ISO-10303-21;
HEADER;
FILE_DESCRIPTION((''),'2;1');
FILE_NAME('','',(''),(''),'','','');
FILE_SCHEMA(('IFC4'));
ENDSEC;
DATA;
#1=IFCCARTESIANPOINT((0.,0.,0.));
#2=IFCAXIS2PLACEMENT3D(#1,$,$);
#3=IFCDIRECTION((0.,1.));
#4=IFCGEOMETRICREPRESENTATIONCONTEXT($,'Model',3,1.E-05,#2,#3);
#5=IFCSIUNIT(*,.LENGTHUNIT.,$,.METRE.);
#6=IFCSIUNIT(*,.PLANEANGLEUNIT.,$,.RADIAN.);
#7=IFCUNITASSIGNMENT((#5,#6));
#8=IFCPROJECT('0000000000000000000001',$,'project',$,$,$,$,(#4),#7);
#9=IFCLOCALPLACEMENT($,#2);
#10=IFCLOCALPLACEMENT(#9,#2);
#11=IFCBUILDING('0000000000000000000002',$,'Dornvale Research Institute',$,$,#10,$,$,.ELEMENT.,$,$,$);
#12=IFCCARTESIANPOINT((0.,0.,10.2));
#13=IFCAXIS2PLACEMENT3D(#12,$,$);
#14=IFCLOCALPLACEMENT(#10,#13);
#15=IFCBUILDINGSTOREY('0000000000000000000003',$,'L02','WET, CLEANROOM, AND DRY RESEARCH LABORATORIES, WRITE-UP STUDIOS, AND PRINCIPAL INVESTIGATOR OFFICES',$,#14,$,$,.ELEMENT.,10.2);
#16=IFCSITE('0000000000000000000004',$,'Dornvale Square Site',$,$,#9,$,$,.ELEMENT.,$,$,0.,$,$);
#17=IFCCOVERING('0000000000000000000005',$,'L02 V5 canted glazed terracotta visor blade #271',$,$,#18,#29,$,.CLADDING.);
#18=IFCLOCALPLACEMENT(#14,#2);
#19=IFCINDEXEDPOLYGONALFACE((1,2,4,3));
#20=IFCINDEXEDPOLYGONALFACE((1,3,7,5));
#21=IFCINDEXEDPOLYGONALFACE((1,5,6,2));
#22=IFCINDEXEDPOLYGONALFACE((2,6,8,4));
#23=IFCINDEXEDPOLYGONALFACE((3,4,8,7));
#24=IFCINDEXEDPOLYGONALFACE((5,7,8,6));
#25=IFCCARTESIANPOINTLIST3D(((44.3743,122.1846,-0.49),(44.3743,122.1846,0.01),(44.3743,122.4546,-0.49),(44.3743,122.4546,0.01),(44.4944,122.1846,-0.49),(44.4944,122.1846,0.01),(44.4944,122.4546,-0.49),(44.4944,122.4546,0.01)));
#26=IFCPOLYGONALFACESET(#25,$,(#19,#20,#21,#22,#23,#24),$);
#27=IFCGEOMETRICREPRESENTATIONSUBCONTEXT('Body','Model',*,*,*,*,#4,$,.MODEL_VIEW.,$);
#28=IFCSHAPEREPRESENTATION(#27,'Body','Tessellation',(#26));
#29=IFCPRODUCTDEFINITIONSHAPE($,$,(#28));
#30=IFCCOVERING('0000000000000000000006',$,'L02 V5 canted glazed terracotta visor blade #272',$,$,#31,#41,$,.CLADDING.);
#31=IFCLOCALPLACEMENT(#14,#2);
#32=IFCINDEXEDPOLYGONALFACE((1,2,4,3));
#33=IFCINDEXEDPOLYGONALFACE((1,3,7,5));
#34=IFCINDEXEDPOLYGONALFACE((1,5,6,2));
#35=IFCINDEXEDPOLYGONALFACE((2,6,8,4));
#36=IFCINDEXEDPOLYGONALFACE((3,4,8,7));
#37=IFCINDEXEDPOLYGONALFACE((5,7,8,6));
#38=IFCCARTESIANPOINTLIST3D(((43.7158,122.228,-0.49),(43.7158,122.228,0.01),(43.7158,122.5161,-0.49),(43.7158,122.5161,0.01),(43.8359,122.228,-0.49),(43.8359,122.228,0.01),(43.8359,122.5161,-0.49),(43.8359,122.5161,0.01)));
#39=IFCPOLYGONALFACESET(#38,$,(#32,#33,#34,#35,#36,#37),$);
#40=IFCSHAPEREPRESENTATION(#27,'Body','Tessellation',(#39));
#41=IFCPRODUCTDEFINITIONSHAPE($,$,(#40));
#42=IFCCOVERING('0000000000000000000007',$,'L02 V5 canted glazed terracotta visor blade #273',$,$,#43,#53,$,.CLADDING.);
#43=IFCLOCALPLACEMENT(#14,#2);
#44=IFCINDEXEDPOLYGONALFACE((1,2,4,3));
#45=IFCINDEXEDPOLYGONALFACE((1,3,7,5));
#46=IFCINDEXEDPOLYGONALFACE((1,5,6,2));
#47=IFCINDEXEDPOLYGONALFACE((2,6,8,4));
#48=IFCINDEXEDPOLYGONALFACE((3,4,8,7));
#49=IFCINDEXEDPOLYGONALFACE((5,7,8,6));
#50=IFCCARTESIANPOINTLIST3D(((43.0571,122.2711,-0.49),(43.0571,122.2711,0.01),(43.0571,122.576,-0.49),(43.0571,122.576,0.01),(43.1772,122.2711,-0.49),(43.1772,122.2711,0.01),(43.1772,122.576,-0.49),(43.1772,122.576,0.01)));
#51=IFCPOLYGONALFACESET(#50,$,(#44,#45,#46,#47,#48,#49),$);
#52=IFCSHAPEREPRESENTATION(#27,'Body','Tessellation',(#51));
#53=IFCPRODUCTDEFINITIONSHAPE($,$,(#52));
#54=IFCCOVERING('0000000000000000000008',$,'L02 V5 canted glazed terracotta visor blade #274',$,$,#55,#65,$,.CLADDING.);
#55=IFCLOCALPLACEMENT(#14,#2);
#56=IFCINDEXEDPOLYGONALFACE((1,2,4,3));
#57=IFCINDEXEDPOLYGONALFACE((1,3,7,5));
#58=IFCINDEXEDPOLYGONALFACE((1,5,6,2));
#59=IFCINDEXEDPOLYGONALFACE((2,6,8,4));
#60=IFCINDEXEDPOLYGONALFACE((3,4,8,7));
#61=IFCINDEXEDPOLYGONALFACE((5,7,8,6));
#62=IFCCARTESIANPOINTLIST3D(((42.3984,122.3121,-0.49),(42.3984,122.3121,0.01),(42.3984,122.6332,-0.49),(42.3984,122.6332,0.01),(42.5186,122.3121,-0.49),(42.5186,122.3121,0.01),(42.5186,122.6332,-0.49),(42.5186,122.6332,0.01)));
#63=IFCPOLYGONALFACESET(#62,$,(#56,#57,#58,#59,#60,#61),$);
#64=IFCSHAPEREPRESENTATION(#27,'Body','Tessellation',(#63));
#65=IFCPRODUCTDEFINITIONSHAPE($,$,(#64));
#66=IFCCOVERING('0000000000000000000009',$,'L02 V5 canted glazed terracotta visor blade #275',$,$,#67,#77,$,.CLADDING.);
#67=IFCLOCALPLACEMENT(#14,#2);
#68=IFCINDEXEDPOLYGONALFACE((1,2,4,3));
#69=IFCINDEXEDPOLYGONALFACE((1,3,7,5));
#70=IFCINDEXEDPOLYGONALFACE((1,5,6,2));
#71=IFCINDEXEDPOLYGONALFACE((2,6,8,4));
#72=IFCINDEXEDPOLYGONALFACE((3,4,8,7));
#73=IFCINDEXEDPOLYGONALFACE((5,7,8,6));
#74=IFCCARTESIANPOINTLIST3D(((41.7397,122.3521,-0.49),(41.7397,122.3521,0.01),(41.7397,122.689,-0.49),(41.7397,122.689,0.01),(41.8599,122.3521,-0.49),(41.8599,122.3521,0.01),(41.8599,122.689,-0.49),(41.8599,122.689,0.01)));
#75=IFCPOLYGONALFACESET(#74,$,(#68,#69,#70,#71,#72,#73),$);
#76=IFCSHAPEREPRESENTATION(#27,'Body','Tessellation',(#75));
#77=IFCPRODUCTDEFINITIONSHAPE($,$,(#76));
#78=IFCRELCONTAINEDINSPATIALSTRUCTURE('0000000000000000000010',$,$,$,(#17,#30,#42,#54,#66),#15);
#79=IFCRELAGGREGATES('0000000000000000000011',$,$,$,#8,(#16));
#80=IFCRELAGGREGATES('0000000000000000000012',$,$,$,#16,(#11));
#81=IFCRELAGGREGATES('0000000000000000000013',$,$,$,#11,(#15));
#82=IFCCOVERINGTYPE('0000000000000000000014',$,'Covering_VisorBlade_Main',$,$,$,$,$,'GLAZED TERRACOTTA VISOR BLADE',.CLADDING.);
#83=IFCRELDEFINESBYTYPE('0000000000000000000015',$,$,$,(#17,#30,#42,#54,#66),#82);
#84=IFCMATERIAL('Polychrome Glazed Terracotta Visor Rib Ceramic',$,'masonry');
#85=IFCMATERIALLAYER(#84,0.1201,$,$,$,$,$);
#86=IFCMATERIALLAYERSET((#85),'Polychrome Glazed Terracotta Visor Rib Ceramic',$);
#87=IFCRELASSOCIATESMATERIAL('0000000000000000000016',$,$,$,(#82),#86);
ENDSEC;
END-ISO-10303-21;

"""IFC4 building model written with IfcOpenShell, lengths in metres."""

from ifc_helpers import new_model, si_unit, direction, frame, origin, origin_2d, place, context, subcontext, project, spatial, rectangle, extrude, material, layer, layer_set, type_object, element, save


model = new_model("IFC4")

# Units and contexts
model_context = context("Model", 3, precision=1e-05, world=origin(), true_north=direction((0.0, 1.0)))
body_context = subcontext(model_context, "Body", "Model", "MODEL_VIEW")
ifc_project = project(units=[si_unit("LENGTHUNIT", "METRE"), si_unit("PLANEANGLEUNIT", "RADIAN")], contexts=[model_context])

# Site, building, storey
site_placement = place(None, origin())
site = spatial("IfcSite", under=ifc_project, at=site_placement, Name="Dornvale Square Site", CompositionType="ELEMENT", RefElevation=0.0)
building_placement = place(site_placement, origin())
building = spatial("IfcBuilding", under=site, at=building_placement, Name="Dornvale Research Institute", CompositionType="ELEMENT")
storey_placement = place(building_placement, frame((0.0, 0.0, 10.2)))
storey = spatial("IfcBuildingStorey", under=building, at=storey_placement, Name="L02", Description="WET, CLEANROOM, AND DRY RESEARCH LABORATORIES, WRITE-UP STUDIOS, AND PRINCIPAL INVESTIGATOR OFFICES", CompositionType="ELEMENT", Elevation=10.2)

# Coverings
ifc_material_1 = material(Name="Polychrome Glazed Terracotta Visor Rib Ceramic", Category="masonry")
ifc_layer_1 = layer(ifc_material_1, 0.1201)
ifc_layer_set_1 = layer_set([ifc_layer_1], Name="Polychrome Glazed Terracotta Visor Rib Ceramic")
covering_type = type_object("IfcCoveringType", Name="Covering_VisorBlade_Main", ElementType="GLAZED TERRACOTTA VISOR BLADE", PredefinedType="CLADDING", material=ifc_layer_set_1)
covering_1_placement = place(storey_placement, frame((44.4343, 122.3196, -0.49), z_axis=(0.0, 0.0, 1.0), x_axis=(0.0, 1.0, 0.0)))
element("IfcCovering", 1, at=covering_1_placement, inside=storey, type_object=covering_type, Name="L02 V5 canted glazed terracotta visor blade #271", PredefinedType="CLADDING", context=body_context, shape_type="SweptSolid", body=[
    extrude(rectangle(XDim=0.27, YDim=0.1201, at=origin_2d()), origin(), (0.0, 0.0, 1.0), 0.5),
])
covering_2_placement = place(storey_placement, frame((43.7759, 122.3721, -0.49), z_axis=(0.0, 0.0, 1.0), x_axis=(0.0, 1.0, 0.0)))
element("IfcCovering", 2, at=covering_2_placement, inside=storey, type_object=covering_type, Name="L02 V5 canted glazed terracotta visor blade #272", PredefinedType="CLADDING", context=body_context, shape_type="SweptSolid", body=[
    extrude(rectangle(XDim=0.2881, YDim=0.1201, at=origin_2d()), origin(), (0.0, 0.0, 1.0), 0.5),
])
covering_3_placement = place(storey_placement, frame((43.1172, 122.4236, -0.49), z_axis=(0.0, 0.0, 1.0), x_axis=(0.0, 1.0, 0.0)))
element("IfcCovering", 3, at=covering_3_placement, inside=storey, type_object=covering_type, Name="L02 V5 canted glazed terracotta visor blade #273", PredefinedType="CLADDING", context=body_context, shape_type="SweptSolid", body=[
    extrude(rectangle(XDim=0.3049, YDim=0.1201, at=origin_2d()), origin(), (0.0, 0.0, 1.0), 0.5),
])
covering_4_placement = place(storey_placement, frame((42.4585, 122.4727, -0.49), z_axis=(0.0, 0.0, 1.0), x_axis=(0.0, 1.0, 0.0)))
element("IfcCovering", 4, at=covering_4_placement, inside=storey, type_object=covering_type, Name="L02 V5 canted glazed terracotta visor blade #274", PredefinedType="CLADDING", context=body_context, shape_type="SweptSolid", body=[
    extrude(rectangle(XDim=0.321, YDim=0.1201, at=origin_2d()), origin(), (0.0, 0.0, 1.0), 0.5),
])
covering_5_placement = place(storey_placement, frame((41.7998, 122.5205, -0.49), z_axis=(0.0, 0.0, 1.0), x_axis=(0.0, 1.0, 0.0)))
element("IfcCovering", 5, at=covering_5_placement, inside=storey, type_object=covering_type, Name="L02 V5 canted glazed terracotta visor blade #275", PredefinedType="CLADDING", context=body_context, shape_type="SweptSolid", body=[
    extrude(rectangle(XDim=0.3369, YDim=0.1201, at=origin_2d()), origin(), (0.0, 0.0, 1.0), 0.5),
])

save(model, "model.ifc")
